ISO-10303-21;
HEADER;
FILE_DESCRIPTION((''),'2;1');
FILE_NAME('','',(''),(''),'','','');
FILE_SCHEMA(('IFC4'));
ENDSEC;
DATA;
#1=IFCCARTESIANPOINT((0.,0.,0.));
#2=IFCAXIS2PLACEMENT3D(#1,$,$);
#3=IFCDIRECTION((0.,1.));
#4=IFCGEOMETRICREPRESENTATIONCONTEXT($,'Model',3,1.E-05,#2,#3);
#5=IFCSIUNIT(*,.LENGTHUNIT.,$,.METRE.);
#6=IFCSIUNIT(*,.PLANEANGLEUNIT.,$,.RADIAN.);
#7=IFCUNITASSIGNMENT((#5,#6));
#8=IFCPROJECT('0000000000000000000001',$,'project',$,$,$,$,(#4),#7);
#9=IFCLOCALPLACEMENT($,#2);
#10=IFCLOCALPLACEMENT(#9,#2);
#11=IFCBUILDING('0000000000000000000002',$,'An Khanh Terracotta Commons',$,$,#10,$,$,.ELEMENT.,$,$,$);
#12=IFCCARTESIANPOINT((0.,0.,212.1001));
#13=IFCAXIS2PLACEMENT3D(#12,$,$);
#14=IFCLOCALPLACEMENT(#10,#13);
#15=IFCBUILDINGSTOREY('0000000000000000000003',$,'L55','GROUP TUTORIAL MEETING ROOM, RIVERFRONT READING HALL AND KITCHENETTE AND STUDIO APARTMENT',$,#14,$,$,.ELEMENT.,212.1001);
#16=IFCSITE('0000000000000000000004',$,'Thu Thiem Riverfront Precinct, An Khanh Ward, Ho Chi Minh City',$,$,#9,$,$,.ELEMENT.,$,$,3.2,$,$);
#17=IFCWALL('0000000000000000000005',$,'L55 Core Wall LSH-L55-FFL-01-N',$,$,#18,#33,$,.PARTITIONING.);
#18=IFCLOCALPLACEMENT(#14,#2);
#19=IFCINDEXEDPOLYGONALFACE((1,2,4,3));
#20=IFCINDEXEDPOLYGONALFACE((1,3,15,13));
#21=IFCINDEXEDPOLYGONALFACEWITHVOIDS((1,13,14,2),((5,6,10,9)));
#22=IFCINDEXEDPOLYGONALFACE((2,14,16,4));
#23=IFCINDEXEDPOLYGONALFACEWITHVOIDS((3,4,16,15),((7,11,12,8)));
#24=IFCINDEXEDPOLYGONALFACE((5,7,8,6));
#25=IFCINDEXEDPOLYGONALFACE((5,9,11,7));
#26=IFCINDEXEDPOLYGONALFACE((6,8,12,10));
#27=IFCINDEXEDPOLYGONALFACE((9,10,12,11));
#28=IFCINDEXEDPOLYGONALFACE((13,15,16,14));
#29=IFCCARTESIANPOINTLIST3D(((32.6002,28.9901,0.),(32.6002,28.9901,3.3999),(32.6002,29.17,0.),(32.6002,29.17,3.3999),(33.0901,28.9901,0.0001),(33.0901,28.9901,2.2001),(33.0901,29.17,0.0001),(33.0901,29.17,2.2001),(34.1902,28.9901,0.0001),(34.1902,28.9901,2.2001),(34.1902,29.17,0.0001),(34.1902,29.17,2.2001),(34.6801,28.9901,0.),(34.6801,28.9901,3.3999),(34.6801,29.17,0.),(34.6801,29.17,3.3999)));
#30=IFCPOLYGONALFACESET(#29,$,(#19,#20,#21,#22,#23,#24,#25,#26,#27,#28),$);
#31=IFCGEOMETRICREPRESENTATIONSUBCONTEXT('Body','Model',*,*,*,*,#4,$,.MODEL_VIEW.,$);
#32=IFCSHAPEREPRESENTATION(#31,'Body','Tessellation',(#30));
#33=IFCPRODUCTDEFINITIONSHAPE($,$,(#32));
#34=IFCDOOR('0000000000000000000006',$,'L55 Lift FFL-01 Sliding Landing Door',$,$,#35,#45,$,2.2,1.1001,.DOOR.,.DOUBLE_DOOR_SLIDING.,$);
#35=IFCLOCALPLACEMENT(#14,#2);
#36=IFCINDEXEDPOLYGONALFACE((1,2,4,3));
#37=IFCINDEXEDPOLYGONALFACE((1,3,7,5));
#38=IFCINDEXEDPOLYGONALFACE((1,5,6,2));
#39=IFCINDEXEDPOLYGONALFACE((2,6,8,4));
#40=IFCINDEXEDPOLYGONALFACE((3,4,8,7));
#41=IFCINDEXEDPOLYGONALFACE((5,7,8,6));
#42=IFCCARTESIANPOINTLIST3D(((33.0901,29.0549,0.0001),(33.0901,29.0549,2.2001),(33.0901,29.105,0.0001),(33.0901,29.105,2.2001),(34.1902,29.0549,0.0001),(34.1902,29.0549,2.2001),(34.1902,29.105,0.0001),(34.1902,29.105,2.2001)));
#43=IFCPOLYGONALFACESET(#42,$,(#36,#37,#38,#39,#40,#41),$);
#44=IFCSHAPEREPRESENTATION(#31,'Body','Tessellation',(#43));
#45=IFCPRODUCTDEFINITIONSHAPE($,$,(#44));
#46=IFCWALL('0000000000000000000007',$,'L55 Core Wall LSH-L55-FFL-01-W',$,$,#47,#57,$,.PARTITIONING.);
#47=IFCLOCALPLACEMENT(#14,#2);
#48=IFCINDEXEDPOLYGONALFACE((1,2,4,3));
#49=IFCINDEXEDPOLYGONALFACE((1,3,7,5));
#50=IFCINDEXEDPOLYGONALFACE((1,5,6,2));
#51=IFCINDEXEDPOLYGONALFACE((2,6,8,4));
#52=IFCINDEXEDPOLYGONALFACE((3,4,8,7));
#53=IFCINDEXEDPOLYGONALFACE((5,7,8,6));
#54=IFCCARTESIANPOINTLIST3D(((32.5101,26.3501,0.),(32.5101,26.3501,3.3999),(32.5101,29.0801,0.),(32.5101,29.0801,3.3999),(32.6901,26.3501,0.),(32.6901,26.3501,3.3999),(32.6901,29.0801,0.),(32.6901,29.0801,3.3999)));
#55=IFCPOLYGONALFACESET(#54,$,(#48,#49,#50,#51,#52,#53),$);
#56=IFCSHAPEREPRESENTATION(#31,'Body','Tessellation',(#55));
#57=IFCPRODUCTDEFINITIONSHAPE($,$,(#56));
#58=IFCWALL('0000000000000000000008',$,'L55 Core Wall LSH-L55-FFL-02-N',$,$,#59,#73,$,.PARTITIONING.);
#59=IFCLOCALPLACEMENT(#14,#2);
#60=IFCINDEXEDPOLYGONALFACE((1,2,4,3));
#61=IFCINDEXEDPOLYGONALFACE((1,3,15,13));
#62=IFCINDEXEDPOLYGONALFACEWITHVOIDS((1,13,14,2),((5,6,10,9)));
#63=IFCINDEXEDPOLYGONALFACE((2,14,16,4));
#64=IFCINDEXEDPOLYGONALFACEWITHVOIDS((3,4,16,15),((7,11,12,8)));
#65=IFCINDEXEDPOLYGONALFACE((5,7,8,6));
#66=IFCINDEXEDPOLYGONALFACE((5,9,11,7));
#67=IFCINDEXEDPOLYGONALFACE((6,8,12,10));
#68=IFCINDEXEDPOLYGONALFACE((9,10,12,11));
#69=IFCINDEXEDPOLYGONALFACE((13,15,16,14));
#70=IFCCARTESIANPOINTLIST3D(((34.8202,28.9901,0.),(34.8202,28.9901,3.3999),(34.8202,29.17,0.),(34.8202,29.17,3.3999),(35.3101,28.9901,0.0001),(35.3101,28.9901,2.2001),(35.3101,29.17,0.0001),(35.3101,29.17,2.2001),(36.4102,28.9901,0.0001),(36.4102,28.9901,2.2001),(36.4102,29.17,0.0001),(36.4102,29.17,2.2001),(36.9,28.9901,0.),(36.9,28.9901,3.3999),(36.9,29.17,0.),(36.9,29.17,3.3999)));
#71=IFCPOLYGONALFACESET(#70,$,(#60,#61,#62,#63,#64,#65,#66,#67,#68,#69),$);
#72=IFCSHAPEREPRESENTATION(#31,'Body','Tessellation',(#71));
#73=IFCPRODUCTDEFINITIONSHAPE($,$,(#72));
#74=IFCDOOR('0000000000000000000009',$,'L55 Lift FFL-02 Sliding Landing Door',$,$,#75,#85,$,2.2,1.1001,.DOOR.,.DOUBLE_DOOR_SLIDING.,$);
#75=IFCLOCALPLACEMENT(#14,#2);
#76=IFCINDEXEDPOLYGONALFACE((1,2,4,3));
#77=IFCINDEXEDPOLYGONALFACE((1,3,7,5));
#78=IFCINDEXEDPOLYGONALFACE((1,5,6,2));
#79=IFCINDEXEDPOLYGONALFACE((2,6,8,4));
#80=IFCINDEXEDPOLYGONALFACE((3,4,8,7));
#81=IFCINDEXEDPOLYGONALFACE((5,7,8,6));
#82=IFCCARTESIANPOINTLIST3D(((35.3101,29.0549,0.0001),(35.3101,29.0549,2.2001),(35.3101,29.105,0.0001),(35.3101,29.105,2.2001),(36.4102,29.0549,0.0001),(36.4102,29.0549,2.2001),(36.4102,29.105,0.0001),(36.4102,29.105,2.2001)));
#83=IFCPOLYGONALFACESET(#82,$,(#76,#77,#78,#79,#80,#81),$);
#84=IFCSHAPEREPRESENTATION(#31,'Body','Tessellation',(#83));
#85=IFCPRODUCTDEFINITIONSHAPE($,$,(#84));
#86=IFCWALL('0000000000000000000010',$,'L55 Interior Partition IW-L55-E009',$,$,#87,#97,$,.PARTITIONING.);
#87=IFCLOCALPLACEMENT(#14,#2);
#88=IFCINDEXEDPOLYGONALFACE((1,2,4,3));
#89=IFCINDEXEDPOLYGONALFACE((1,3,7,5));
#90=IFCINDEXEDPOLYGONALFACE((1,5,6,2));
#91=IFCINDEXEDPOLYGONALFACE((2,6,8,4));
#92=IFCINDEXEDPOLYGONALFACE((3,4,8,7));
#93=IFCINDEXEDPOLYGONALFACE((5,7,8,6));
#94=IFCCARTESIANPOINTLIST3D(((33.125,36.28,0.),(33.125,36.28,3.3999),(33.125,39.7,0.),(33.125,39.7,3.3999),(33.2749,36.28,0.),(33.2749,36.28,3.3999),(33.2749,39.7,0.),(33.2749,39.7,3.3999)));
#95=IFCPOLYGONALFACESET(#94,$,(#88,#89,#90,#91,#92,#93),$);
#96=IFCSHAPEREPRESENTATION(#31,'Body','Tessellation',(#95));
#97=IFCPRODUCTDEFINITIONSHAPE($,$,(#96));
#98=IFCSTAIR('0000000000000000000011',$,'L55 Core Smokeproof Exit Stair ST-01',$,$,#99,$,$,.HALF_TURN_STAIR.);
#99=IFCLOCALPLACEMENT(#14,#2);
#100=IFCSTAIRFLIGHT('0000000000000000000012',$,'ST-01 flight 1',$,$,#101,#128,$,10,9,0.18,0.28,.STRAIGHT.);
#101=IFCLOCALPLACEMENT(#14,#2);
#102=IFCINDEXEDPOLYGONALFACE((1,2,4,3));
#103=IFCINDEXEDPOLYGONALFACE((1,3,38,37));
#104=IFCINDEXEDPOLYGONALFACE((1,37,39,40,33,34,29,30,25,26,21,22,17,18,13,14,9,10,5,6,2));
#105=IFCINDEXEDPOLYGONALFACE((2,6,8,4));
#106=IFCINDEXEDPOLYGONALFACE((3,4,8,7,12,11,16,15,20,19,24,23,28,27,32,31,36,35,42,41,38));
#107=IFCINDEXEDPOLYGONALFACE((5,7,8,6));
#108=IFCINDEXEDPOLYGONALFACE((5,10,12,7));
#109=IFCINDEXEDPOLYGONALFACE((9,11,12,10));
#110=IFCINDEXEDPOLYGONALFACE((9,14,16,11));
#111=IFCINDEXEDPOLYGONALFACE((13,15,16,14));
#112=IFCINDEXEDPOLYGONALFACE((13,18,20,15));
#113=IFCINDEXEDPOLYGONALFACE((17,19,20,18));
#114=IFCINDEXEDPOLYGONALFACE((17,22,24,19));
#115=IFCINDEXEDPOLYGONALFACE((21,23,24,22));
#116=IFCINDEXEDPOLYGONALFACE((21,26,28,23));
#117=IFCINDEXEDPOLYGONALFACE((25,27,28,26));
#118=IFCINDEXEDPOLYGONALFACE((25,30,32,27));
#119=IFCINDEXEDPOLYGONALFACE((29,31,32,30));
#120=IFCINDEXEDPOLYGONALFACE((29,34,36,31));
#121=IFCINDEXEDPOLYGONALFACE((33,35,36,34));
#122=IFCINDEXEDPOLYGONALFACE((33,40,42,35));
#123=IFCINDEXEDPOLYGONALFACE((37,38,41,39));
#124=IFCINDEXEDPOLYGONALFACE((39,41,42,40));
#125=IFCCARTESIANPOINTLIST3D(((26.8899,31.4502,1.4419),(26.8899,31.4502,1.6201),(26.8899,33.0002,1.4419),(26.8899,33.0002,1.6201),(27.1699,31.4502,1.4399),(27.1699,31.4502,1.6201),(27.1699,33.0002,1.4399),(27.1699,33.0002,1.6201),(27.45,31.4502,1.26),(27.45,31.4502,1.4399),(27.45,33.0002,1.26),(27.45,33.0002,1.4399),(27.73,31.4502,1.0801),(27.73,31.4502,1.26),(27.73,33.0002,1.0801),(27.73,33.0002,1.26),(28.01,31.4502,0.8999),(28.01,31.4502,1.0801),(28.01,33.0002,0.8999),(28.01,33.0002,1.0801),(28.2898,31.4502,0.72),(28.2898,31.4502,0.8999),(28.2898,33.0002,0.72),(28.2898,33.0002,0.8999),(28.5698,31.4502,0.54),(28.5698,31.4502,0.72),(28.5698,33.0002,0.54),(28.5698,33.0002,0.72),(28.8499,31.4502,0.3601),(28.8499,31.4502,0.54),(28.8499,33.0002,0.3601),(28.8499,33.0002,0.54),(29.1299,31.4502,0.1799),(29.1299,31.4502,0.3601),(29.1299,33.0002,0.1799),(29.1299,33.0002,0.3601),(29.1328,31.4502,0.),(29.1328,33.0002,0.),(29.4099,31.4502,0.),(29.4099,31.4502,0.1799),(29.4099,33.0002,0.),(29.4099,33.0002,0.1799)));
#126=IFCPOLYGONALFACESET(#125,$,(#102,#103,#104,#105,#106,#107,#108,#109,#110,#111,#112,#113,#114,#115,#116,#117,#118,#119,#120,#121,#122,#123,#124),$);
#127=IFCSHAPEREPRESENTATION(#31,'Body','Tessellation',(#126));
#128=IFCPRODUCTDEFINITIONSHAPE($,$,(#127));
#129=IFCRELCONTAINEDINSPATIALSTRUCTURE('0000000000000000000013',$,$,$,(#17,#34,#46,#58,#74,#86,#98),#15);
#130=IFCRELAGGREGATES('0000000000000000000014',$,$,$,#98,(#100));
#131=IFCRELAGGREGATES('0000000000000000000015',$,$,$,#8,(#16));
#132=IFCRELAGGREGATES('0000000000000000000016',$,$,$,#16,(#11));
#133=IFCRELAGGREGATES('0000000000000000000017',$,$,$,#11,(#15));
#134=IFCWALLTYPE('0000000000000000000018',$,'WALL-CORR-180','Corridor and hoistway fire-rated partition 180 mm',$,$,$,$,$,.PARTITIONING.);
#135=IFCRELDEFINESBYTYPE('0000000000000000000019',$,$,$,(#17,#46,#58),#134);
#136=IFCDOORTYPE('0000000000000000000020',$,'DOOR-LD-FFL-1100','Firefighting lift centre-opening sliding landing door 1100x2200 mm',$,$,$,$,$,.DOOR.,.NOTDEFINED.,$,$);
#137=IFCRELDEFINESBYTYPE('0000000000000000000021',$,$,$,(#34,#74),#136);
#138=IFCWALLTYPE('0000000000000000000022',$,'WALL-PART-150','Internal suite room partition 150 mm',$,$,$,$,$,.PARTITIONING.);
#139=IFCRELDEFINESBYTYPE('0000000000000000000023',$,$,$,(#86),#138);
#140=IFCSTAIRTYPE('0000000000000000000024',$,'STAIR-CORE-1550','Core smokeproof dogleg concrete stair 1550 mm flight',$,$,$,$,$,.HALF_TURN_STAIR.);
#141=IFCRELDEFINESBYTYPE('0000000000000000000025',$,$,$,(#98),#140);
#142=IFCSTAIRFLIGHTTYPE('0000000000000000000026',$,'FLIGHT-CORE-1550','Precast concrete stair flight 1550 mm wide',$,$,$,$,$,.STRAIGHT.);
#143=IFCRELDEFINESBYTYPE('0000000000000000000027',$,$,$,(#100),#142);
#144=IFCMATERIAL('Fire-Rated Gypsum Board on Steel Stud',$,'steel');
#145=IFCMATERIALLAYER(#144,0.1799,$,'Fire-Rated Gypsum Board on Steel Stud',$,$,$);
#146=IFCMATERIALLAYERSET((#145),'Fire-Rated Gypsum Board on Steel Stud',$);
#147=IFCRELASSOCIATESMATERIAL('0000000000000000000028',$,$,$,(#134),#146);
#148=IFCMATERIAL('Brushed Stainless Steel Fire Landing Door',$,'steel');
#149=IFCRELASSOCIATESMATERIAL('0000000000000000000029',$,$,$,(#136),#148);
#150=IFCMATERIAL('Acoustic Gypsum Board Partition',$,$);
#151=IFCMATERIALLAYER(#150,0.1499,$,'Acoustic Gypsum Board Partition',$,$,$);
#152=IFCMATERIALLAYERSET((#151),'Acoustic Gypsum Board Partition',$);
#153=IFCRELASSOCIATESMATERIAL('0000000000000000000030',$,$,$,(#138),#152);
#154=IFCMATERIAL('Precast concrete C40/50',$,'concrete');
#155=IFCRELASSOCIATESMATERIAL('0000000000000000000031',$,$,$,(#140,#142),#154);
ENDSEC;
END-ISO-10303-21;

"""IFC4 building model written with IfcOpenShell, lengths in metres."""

from ifc_helpers import new_model, si_unit, direction, frame, frame_2d, origin, place, context, subcontext, project, spatial, polyline, rectangle, outline, extrude, material, layer, layer_set, type_object, element, fill, aggregate, save


model = new_model("IFC4")

# Units and contexts
model_context = context("Model", 3, precision=1e-05, world=origin(), true_north=direction((0.0, 1.0)))
body_context = subcontext(model_context, "Body", "Model", "MODEL_VIEW")
ifc_project = project(units=[si_unit("LENGTHUNIT", "METRE"), si_unit("PLANEANGLEUNIT", "RADIAN")], contexts=[model_context])

# Site, building, storey
site_placement = place(None, origin())
site = spatial("IfcSite", under=ifc_project, at=site_placement, Name="Thu Thiem Riverfront Precinct, An Khanh Ward, Ho Chi Minh City", CompositionType="ELEMENT", RefElevation=3.2)
building_placement = place(site_placement, origin())
building = spatial("IfcBuilding", under=site, at=building_placement, Name="An Khanh Terracotta Commons", CompositionType="ELEMENT")
storey_placement = place(building_placement, frame((0.0, 0.0, 212.1001)))
storey = spatial("IfcBuildingStorey", under=building, at=storey_placement, Name="L55", Description="GROUP TUTORIAL MEETING ROOM, RIVERFRONT READING HALL AND KITCHENETTE AND STUDIO APARTMENT", CompositionType="ELEMENT", Elevation=212.1001)

# Shared definitions
ifc_material_1 = material(Name="Fire-Rated Gypsum Board on Steel Stud", Category="steel")
ifc_layer_1 = layer(ifc_material_1, 0.1799, Name="Fire-Rated Gypsum Board on Steel Stud")
ifc_layer_set_1 = layer_set([ifc_layer_1], Name="Fire-Rated Gypsum Board on Steel Stud")
wall_type_1 = type_object("IfcWallType", Name="WALL-CORR-180", Description="Corridor and hoistway fire-rated partition 180 mm", PredefinedType="PARTITIONING", material=ifc_layer_set_1)

# Wall, opening, door
wall_1_placement = place(storey_placement, frame((32.6001, 29.0801, 0.0), z_axis=(0.0, 0.0, 1.0), x_axis=(1.0, 0.0, 0.0)))
wall_1 = element("IfcWall", 1, at=wall_1_placement, inside=storey, type_object=wall_type_1, Name="L55 Core Wall LSH-L55-FFL-01-N", PredefinedType="PARTITIONING", context=body_context, shape_type="SweptSolid", body=[
    extrude(rectangle(XDim=2.0798, YDim=0.1799, at=frame_2d((1.04, 0.0))), origin(), (0.0, 0.0, 1.0), 3.3999),
])
opening_1_placement = place(wall_1_placement, frame((0.49, 0.0, 0.0)))
opening_1 = element("IfcOpeningElement", 2, at=opening_1_placement, cuts=wall_1, PredefinedType="OPENING", context=body_context, shape_type="SweptSolid", body=[
    extrude(rectangle(XDim=1.1001, YDim=2.2, at=frame_2d((0.55, 1.1001))), frame((0.0, 0.0999, 0.0), z_axis=(0.0, -1.0, 0.0), x_axis=(1.0, 0.0, 0.0)), (0.0, 0.0, 1.0), 0.2),
])
ifc_material_2 = material(Name="Brushed Stainless Steel Fire Landing Door", Category="steel")
door_type_1 = type_object("IfcDoorType", Name="DOOR-LD-FFL-1100", Description="Firefighting lift centre-opening sliding landing door 1100x2200 mm", OperationType="NOTDEFINED", PredefinedType="DOOR", material=ifc_material_2)
door_1_placement = place(opening_1_placement, origin())
door_1 = element("IfcDoor", 3, at=door_1_placement, inside=storey, type_object=door_type_1, Name="L55 Lift FFL-01 Sliding Landing Door", OperationType="DOUBLE_DOOR_SLIDING", OverallHeight=2.2, OverallWidth=1.1001, PredefinedType="DOOR", context=body_context, shape_type="SweptSolid", body=[
    extrude(rectangle(XDim=1.1001, YDim=2.2, at=frame_2d((0.55, 1.1001))), frame((0.0, 0.0249, 0.0), z_axis=(0.0, -1.0, 0.0), x_axis=(1.0, 0.0, 0.0)), (0.0, 0.0, 1.0), 0.05),
])
fill(opening_1, door_1)

# Wall
wall_2_placement = place(storey_placement, frame((32.6001, 29.0801, 0.0), z_axis=(0.0, 0.0, 1.0), x_axis=(0.0, -1.0, 0.0)))
element("IfcWall", 4, at=wall_2_placement, inside=storey, type_object=wall_type_1, Name="L55 Core Wall LSH-L55-FFL-01-W", PredefinedType="PARTITIONING", context=body_context, shape_type="SweptSolid", body=[
    extrude(rectangle(XDim=2.73, YDim=0.1799, at=frame_2d((1.365, 0.0))), origin(), (0.0, 0.0, 1.0), 3.3999),
])

# Wall, opening, door
wall_3_placement = place(storey_placement, frame((34.8201, 29.0801, 0.0), z_axis=(0.0, 0.0, 1.0), x_axis=(1.0, 0.0, 0.0)))
wall_3 = element("IfcWall", 5, at=wall_3_placement, inside=storey, type_object=wall_type_1, Name="L55 Core Wall LSH-L55-FFL-02-N", PredefinedType="PARTITIONING", context=body_context, shape_type="SweptSolid", body=[
    extrude(rectangle(XDim=2.0798, YDim=0.1799, at=frame_2d((1.04, 0.0))), origin(), (0.0, 0.0, 1.0), 3.3999),
])
opening_2_placement = place(wall_3_placement, frame((0.49, 0.0, 0.0)))
opening_2 = element("IfcOpeningElement", 6, at=opening_2_placement, cuts=wall_3, PredefinedType="OPENING", context=body_context, shape_type="SweptSolid", body=[
    extrude(rectangle(XDim=1.1001, YDim=2.2, at=frame_2d((0.55, 1.1001))), frame((0.0, 0.0999, 0.0), z_axis=(0.0, -1.0, 0.0), x_axis=(1.0, 0.0, 0.0)), (0.0, 0.0, 1.0), 0.2),
])
door_2_placement = place(opening_2_placement, origin())
door_2 = element("IfcDoor", 7, at=door_2_placement, inside=storey, type_object=door_type_1, Name="L55 Lift FFL-02 Sliding Landing Door", OperationType="DOUBLE_DOOR_SLIDING", OverallHeight=2.2, OverallWidth=1.1001, PredefinedType="DOOR", context=body_context, shape_type="SweptSolid", body=[
    extrude(rectangle(XDim=1.1001, YDim=2.2, at=frame_2d((0.55, 1.1001))), frame((0.0, 0.0249, 0.0), z_axis=(0.0, -1.0, 0.0), x_axis=(1.0, 0.0, 0.0)), (0.0, 0.0, 1.0), 0.05),
])
fill(opening_2, door_2)

# Wall
ifc_material_3 = material(Name="Acoustic Gypsum Board Partition")
ifc_layer_2 = layer(ifc_material_3, 0.1499, Name="Acoustic Gypsum Board Partition")
ifc_layer_set_2 = layer_set([ifc_layer_2], Name="Acoustic Gypsum Board Partition")
wall_type_2 = type_object("IfcWallType", Name="WALL-PART-150", Description="Internal suite room partition 150 mm", PredefinedType="PARTITIONING", material=ifc_layer_set_2)
wall_4_placement = place(storey_placement, frame((33.2, 36.28, 0.0), z_axis=(0.0, 0.0, 1.0), x_axis=(0.0, 1.0, 0.0)))
element("IfcWall", 8, at=wall_4_placement, inside=storey, type_object=wall_type_2, Name="L55 Interior Partition IW-L55-E009", PredefinedType="PARTITIONING", context=body_context, shape_type="SweptSolid", body=[
    extrude(rectangle(XDim=3.4199, YDim=0.1499, at=frame_2d((1.71, 0.0))), origin(), (0.0, 0.0, 1.0), 3.3999),
])

# Stair, stair flight
ifc_material_4 = material(Name="Precast concrete C40/50", Category="concrete")
stair_type = type_object("IfcStairType", Name="STAIR-CORE-1550", Description="Core smokeproof dogleg concrete stair 1550 mm flight", PredefinedType="HALF_TURN_STAIR", material=ifc_material_4)
stair_placement = place(storey_placement, origin())
stair = element("IfcStair", 9, at=stair_placement, inside=storey, type_object=stair_type, Name="L55 Core Smokeproof Exit Stair ST-01", PredefinedType="HALF_TURN_STAIR")
stair_flight_type = type_object("IfcStairFlightType", Name="FLIGHT-CORE-1550", Description="Precast concrete stair flight 1550 mm wide", PredefinedType="STRAIGHT", material=ifc_material_4)
stair_flight_placement = place(storey_placement, frame((29.4099, 32.2251, 0.0), z_axis=(0.0, 0.0, 1.0), x_axis=(-1.0, 0.0, 0.0)))
stair_flight = element("IfcStairFlight", 10, at=stair_flight_placement, type_object=stair_flight_type, Name="ST-01 flight 1", NumberOfRisers=10, NumberOfTreads=9, PredefinedType="STRAIGHT", RiserHeight=0.18, TreadLength=0.28, context=body_context, shape_type="SweptSolid", body=[
    extrude(outline(polyline([(0.0, 0.0), (0.0, 0.1799), (0.28, 0.1799), (0.28, 0.3601), (0.5601, 0.3601), (0.5601, 0.54), (0.8401, 0.54), (0.8401, 0.72), (1.1201, 0.72), (1.1201, 0.8999), (1.3999, 0.8999), (1.3999, 1.0801), (1.6799, 1.0801), (1.6799, 1.26), (1.96, 1.26), (1.96, 1.4399), (2.24, 1.4399), (2.24, 1.6201), (2.52, 1.6201), (2.52, 1.8), (2.52, 1.4419), (0.2771, 0.0), (0.0, 0.0)])), frame((0.0, 0.7749, 0.0), z_axis=(0.0, -1.0, 0.0), x_axis=(1.0, 0.0, 0.0)), (0.0, 0.0, 1.0), 1.55),
])
aggregate(stair, [stair_flight])

save(model, "model.ifc")
